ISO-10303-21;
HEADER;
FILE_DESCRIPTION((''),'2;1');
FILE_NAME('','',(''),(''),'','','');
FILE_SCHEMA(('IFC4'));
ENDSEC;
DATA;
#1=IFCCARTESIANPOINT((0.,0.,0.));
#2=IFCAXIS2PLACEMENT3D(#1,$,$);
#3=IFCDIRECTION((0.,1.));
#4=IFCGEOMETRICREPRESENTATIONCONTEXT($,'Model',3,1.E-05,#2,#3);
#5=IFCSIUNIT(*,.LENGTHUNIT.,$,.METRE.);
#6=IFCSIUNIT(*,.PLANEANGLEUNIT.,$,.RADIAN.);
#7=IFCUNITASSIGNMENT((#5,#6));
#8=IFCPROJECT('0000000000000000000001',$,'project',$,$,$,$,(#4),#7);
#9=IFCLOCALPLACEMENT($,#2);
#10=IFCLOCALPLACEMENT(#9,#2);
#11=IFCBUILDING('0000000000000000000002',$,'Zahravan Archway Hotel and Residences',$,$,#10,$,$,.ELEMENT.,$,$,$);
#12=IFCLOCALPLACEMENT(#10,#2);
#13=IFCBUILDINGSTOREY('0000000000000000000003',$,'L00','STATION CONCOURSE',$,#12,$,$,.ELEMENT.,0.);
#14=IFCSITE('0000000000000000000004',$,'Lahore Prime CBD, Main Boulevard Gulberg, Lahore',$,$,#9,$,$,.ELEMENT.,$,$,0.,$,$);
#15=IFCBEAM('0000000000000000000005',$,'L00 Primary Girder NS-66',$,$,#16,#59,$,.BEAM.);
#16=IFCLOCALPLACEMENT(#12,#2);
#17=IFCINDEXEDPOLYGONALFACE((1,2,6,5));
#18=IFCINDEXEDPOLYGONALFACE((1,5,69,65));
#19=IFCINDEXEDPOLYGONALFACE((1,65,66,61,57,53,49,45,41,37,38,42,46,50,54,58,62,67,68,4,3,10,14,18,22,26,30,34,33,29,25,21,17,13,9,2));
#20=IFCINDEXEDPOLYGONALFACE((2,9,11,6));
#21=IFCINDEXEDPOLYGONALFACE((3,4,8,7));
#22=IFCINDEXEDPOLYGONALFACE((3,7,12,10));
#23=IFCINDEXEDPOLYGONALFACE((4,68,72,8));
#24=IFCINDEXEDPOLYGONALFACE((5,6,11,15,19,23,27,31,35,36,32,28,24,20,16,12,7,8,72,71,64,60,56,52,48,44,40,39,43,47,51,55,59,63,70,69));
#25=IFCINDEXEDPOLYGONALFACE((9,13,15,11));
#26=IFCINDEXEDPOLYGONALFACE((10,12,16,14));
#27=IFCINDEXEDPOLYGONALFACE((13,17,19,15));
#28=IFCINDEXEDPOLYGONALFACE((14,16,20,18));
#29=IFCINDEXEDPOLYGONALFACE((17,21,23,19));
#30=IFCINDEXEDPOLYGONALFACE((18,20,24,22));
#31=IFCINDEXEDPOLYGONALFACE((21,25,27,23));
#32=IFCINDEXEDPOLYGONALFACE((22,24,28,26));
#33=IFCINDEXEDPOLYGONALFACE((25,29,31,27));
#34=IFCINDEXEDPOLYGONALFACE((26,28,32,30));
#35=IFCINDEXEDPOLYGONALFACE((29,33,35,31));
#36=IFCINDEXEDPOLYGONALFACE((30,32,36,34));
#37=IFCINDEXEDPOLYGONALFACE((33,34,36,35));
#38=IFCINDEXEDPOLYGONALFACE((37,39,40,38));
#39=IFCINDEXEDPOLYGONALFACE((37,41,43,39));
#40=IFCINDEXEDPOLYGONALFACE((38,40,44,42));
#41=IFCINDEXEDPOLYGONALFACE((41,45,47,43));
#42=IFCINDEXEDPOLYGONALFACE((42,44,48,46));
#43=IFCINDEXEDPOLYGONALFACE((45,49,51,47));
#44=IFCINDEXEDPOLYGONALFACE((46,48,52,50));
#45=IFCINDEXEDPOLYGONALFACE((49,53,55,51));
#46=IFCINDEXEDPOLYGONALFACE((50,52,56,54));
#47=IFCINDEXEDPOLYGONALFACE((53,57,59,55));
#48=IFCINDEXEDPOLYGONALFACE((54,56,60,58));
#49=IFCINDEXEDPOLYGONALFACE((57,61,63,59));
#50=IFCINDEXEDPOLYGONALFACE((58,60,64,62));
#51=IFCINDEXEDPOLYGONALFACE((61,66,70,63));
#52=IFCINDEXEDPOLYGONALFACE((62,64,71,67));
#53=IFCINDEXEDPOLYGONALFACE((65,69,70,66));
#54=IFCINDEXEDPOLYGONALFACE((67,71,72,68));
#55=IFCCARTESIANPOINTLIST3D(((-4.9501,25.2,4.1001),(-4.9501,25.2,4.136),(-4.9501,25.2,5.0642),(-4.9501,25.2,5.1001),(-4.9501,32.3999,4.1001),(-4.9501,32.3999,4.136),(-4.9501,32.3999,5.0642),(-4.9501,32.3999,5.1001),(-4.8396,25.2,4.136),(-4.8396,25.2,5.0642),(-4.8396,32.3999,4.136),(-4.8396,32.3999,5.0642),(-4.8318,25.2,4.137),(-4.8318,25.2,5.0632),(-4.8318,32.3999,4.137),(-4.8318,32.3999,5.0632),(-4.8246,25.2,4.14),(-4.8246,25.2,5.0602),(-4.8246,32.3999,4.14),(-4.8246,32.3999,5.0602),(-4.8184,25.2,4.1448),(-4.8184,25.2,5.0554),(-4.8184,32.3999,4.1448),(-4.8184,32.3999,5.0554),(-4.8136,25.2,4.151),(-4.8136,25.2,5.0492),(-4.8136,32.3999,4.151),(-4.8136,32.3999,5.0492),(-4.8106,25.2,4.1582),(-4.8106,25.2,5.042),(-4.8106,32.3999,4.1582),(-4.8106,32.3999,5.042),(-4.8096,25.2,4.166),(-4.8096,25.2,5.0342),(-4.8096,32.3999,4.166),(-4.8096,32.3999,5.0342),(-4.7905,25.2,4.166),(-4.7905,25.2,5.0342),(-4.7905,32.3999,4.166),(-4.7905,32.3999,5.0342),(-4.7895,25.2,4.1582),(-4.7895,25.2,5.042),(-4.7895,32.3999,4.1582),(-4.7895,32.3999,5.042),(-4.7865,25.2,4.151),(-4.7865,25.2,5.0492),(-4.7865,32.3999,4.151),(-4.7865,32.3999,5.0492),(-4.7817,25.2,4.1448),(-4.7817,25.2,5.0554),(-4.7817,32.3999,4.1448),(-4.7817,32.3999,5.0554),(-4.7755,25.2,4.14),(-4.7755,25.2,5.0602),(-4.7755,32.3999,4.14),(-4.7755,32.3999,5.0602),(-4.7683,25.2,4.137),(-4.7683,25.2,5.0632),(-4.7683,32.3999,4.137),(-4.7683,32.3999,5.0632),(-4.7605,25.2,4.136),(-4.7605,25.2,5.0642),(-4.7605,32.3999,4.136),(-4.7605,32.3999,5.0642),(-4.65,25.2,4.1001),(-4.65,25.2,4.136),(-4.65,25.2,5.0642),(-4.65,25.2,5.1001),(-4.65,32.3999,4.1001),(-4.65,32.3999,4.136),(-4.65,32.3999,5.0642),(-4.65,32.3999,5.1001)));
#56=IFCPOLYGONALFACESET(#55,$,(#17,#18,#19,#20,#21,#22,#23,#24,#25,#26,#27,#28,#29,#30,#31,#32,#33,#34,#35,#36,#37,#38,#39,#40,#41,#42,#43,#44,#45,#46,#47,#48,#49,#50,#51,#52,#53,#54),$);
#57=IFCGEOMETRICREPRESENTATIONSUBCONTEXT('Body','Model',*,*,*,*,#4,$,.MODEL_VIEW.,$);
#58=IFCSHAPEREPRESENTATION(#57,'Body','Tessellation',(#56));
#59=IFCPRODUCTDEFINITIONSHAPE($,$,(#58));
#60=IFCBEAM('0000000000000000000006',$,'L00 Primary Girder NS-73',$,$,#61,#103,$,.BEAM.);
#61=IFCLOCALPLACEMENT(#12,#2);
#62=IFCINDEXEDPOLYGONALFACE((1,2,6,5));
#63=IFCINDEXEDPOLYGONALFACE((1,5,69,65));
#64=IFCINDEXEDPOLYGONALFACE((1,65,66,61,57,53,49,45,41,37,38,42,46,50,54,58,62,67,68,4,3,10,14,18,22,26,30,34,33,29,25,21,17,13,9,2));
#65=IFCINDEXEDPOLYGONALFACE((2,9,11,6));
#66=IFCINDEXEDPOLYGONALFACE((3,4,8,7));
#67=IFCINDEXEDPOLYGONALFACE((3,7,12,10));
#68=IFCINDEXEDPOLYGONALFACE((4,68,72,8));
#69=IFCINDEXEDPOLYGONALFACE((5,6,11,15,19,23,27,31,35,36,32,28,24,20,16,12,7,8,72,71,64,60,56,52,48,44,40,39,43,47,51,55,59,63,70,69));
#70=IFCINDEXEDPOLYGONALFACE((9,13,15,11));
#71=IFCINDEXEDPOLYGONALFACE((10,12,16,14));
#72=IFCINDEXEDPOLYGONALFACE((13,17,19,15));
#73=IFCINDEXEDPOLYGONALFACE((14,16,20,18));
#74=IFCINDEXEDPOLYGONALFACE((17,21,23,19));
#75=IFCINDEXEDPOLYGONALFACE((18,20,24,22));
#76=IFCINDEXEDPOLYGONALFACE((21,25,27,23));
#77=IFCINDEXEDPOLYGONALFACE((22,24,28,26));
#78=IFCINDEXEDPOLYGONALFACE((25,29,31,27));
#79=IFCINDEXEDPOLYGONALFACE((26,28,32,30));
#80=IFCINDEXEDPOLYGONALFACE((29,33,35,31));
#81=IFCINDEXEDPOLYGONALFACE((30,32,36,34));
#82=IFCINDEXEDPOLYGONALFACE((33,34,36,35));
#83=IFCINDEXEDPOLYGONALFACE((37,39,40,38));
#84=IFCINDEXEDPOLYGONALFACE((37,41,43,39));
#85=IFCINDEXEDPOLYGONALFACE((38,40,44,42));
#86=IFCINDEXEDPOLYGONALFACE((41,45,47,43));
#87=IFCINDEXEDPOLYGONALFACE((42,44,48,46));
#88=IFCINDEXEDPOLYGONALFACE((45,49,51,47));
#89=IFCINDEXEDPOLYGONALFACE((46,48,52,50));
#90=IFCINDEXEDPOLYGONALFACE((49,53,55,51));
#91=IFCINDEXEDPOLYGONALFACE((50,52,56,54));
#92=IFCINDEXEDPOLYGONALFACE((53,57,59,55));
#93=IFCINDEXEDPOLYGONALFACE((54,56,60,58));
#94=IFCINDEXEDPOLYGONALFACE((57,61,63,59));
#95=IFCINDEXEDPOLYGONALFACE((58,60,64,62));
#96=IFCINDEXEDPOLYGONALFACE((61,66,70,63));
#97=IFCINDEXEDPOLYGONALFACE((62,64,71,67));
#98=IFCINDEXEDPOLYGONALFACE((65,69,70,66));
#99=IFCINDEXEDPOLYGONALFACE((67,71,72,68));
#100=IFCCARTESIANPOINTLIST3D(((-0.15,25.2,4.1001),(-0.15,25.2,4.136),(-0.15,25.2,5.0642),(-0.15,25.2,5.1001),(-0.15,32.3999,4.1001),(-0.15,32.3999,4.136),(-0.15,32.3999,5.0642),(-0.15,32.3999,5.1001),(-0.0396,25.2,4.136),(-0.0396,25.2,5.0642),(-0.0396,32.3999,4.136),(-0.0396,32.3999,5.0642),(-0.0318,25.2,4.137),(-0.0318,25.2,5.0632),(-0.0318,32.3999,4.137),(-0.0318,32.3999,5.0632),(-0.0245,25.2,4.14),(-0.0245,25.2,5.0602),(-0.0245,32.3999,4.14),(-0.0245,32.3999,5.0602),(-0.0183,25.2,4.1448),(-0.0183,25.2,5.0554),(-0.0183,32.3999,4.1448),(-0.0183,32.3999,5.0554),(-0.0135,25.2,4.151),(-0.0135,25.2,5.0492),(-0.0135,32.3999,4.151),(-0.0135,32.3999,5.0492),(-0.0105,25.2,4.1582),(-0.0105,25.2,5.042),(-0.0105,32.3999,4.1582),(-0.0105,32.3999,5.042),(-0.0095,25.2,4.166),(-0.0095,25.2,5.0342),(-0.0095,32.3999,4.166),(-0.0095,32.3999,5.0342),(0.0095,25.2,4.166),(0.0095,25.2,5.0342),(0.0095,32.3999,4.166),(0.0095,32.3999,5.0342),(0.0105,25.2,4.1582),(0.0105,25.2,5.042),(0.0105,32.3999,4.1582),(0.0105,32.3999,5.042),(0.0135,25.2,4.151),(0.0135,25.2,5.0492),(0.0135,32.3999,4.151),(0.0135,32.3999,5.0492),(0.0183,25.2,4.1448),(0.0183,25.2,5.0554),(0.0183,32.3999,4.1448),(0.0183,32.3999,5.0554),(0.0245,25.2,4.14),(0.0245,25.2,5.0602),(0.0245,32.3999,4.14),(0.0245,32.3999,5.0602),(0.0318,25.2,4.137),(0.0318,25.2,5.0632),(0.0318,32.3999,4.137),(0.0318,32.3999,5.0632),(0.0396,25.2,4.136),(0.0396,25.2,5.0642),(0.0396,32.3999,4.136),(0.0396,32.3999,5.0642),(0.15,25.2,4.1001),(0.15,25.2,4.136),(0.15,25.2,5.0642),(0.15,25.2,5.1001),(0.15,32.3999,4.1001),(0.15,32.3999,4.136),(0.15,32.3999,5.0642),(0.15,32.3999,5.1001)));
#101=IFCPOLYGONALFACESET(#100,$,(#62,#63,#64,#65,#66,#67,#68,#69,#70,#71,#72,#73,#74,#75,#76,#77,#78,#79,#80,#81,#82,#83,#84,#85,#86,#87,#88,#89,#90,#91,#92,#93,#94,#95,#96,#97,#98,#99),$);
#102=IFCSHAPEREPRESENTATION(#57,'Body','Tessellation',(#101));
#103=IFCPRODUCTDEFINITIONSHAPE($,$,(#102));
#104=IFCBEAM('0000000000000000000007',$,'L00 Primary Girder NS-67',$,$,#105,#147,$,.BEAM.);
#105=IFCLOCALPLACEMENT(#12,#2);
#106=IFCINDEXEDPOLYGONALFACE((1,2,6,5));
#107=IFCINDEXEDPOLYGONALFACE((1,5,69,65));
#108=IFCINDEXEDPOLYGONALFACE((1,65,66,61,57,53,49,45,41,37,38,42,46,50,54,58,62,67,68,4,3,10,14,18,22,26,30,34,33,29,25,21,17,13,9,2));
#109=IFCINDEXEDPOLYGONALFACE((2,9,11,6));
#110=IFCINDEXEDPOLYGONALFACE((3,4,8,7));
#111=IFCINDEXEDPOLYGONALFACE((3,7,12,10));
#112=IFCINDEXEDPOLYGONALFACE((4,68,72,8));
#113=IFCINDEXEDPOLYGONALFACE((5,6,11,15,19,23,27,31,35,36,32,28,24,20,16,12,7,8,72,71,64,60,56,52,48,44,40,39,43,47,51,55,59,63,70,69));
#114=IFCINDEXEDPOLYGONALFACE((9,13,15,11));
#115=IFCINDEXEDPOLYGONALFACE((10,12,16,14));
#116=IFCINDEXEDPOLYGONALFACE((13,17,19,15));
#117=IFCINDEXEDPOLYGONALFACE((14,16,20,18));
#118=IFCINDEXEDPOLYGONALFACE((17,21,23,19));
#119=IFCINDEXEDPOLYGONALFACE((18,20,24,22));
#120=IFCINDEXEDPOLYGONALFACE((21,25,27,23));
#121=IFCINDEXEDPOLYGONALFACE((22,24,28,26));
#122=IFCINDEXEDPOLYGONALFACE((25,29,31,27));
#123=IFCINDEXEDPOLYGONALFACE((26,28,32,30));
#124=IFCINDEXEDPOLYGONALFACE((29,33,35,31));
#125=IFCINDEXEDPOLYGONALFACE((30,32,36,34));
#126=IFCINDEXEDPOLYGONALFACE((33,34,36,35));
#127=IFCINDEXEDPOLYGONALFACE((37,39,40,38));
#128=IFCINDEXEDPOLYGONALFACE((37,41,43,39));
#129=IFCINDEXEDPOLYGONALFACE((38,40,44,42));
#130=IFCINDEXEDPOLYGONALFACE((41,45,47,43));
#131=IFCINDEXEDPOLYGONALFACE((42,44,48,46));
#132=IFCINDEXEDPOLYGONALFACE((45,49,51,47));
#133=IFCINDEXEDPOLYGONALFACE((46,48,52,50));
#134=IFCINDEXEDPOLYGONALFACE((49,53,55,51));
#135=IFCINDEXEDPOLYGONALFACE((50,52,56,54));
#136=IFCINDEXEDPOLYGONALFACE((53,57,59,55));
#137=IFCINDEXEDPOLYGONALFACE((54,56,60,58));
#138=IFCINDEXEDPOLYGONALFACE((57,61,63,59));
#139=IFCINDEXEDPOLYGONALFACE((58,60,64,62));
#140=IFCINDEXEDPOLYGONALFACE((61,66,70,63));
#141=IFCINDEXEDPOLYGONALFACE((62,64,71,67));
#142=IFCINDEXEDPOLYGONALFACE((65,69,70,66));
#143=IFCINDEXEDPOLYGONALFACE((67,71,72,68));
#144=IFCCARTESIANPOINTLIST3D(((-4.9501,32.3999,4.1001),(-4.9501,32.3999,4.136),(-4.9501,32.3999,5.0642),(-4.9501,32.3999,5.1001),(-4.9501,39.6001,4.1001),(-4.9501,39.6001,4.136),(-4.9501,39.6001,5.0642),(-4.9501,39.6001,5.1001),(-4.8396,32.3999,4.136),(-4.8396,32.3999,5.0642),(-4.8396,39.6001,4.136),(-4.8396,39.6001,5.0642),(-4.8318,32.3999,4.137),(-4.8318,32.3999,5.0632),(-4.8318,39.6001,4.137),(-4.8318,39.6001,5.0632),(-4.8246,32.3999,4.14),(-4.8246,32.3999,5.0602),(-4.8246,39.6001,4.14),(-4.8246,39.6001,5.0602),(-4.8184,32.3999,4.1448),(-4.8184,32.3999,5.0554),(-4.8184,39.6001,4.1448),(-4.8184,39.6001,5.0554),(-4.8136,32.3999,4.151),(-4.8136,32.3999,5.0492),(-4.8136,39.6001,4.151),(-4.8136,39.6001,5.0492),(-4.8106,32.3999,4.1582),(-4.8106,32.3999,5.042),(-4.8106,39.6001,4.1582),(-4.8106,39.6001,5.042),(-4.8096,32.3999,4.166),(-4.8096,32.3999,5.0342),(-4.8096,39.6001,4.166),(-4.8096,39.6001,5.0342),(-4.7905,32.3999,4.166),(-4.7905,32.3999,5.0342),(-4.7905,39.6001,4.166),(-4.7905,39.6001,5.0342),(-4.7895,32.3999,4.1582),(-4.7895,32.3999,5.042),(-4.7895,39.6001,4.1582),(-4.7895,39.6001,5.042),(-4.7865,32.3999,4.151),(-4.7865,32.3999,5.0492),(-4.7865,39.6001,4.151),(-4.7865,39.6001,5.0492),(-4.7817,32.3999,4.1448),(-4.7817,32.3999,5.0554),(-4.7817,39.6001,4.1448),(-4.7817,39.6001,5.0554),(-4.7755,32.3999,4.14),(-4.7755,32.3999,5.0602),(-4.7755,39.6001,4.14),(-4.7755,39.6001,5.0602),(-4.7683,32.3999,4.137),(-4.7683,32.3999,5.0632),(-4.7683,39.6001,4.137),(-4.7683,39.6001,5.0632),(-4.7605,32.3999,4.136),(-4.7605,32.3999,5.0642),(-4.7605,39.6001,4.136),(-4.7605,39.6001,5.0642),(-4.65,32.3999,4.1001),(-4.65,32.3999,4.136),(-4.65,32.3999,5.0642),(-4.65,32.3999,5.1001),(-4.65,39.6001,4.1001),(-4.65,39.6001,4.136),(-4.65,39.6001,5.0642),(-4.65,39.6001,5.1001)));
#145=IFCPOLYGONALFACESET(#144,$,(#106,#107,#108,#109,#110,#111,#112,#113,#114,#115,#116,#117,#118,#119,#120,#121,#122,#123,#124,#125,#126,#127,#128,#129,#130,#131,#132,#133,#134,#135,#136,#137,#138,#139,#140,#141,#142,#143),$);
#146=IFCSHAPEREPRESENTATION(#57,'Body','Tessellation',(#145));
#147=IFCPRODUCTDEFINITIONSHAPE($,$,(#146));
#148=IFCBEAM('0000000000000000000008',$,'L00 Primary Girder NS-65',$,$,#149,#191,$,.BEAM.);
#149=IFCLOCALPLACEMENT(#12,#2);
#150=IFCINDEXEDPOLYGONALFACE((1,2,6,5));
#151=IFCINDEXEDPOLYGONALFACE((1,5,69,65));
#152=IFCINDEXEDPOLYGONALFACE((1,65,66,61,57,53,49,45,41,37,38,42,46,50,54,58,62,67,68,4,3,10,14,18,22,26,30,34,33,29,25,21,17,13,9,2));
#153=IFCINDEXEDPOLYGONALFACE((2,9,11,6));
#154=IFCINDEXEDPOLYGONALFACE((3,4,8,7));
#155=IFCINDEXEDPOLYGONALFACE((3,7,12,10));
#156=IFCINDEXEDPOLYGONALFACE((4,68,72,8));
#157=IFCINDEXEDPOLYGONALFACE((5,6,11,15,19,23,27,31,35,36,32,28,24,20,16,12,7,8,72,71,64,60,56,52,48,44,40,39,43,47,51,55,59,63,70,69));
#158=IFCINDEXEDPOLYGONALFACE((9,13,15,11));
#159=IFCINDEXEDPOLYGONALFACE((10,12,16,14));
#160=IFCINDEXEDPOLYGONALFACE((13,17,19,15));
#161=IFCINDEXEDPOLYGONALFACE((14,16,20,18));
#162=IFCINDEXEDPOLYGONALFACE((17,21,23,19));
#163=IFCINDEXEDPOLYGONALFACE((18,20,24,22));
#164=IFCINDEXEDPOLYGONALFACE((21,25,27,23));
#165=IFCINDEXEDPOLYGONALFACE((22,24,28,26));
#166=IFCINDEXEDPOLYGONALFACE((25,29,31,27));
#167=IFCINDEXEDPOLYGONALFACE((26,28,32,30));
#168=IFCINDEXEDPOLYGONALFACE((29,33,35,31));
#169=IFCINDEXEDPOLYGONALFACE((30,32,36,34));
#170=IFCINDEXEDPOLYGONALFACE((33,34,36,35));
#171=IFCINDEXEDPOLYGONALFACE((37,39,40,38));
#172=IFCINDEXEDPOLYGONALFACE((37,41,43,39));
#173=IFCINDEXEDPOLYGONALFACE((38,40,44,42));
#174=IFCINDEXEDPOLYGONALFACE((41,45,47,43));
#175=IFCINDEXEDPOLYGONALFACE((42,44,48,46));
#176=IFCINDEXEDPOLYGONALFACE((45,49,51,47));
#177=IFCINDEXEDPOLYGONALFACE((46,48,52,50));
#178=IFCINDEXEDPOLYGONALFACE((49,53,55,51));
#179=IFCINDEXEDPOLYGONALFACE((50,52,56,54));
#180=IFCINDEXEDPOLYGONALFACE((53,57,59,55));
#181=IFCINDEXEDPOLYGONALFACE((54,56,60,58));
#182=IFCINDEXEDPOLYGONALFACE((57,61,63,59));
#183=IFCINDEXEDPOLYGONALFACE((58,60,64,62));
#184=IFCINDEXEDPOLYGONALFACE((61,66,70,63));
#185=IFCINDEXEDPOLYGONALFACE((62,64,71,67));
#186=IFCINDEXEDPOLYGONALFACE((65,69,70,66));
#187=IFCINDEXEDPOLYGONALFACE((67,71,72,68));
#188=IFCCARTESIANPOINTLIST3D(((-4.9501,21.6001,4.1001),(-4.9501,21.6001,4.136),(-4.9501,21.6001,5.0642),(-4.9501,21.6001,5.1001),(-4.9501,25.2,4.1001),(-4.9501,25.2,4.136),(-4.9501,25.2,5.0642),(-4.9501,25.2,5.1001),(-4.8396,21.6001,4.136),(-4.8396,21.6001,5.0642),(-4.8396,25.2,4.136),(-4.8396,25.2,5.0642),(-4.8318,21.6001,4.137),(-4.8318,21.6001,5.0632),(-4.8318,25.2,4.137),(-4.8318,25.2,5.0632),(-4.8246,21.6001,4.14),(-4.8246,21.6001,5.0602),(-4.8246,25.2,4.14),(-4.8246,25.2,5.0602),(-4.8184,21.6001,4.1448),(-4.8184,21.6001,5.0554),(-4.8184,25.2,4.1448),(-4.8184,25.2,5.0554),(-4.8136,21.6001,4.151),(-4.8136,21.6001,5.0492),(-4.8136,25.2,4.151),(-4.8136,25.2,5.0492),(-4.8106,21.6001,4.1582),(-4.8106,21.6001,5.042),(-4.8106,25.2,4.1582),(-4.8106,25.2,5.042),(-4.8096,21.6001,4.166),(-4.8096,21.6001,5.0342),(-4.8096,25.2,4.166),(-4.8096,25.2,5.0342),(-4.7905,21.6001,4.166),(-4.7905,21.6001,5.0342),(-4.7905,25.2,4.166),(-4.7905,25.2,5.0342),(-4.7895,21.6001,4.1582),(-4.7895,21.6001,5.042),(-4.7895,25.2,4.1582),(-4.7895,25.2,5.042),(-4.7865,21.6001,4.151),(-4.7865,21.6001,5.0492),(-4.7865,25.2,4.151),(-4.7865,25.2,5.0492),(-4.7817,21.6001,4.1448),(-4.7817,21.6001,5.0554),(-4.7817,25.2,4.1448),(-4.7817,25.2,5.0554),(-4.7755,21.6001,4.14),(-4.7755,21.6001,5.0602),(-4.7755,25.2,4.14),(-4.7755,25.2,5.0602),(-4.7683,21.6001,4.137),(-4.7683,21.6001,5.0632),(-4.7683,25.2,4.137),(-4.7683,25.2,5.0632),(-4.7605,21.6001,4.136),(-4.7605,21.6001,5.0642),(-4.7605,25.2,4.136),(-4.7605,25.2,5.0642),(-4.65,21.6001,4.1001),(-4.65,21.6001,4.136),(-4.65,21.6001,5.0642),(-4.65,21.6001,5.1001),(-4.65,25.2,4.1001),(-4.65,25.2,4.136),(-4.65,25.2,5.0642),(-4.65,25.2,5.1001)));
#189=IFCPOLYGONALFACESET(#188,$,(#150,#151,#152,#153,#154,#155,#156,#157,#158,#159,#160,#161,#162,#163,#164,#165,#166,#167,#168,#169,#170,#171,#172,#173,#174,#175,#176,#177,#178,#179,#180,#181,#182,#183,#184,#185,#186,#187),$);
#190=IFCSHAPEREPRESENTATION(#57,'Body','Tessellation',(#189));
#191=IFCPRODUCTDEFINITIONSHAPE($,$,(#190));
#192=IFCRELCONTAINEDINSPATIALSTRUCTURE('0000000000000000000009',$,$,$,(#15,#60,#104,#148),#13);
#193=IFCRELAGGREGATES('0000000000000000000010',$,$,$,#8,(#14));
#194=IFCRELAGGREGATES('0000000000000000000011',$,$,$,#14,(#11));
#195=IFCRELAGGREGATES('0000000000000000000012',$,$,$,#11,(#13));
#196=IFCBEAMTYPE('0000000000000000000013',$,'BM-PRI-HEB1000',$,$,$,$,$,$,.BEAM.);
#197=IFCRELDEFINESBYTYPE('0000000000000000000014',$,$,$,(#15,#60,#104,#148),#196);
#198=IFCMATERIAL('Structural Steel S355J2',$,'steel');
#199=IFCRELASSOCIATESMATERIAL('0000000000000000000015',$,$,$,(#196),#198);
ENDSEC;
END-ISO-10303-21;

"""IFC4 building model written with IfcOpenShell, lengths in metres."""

from ifc_helpers import new_model, si_unit, direction, frame, origin, origin_2d, place, context, subcontext, project, spatial, i_section, extrude, source, transform, mapped, material, material_profile, profile_set, type_object, element, save


model = new_model("IFC4")

# Units and contexts
model_context = context("Model", 3, precision=1e-05, world=origin(), true_north=direction((0.0, 1.0)))
body_context = subcontext(model_context, "Body", "Model", "MODEL_VIEW")
ifc_project = project(units=[si_unit("LENGTHUNIT", "METRE"), si_unit("PLANEANGLEUNIT", "RADIAN")], contexts=[model_context])

# Site, building, storey
site_placement = place(None, origin())
site = spatial("IfcSite", under=ifc_project, at=site_placement, Name="Lahore Prime CBD, Main Boulevard Gulberg, Lahore", CompositionType="ELEMENT", RefElevation=0.0)
building_placement = place(site_placement, origin())
building = spatial("IfcBuilding", under=site, at=building_placement, Name="Zahravan Archway Hotel and Residences", CompositionType="ELEMENT")
storey_placement = place(building_placement, origin())
storey = spatial("IfcBuildingStorey", under=building, at=storey_placement, Name="L00", Description="STATION CONCOURSE", CompositionType="ELEMENT", Elevation=0.0)

# Beams
ifc_material_1 = material(Name="Structural Steel S355J2", Category="steel")
ifc_material_profile_1 = material_profile(ifc_material_1, i_section(OverallWidth=0.3, OverallDepth=1.0, WebThickness=0.019, FlangeThickness=0.0359, FilletRadius=0.03, at=origin_2d()), Name="HEB 1000", Category="steel")
ifc_profile_set_1 = profile_set([ifc_material_profile_1], Name="Structural Steel S355J2")
beam_type_1 = type_object("IfcBeamType", Name="BM-PRI-HEB1000", PredefinedType="BEAM", material=ifc_profile_set_1)
shared_shape_1 = source(origin(), body_context, "Body", "SweptSolid", [
    extrude(i_section(OverallWidth=0.3, OverallDepth=1.0, WebThickness=0.019, FlangeThickness=0.0359, FilletRadius=0.03, at=origin_2d()), origin(), (0.0, 0.0, 1.0), 7.2),
])
for number, where, z_axis, x_axis, name in (
    (1, (-4.8, 25.2, 4.6001), (0.0, 1.0, 0.0), (-1.0, 0.0, 0.0), "L00 Primary Girder NS-66"),
    (2, (0.0, 25.2, 4.6001), (0.0, 1.0, 0.0), (-1.0, 0.0, 0.0), "L00 Primary Girder NS-73"),
):
    element("IfcBeam", number, at=place(storey_placement, frame(where, z_axis=z_axis, x_axis=x_axis)), inside=storey, type_object=beam_type_1, Name=name, PredefinedType="BEAM", context=body_context, shape_type="MappedRepresentation", body=[
        mapped(shared_shape_1, transform((0.0, 0.0, 0.0), scale=1.0)),
    ])
shared_shape_2 = source(origin(), body_context, "Body", "SweptSolid", [
    extrude(i_section(OverallWidth=0.3, OverallDepth=1.0, WebThickness=0.019, FlangeThickness=0.0359, FilletRadius=0.03, at=origin_2d()), origin(), (0.0, 0.0, 1.0), 7.2002),
])
beam_1_placement = place(storey_placement, frame((-4.8, 32.3999, 4.6001), z_axis=(0.0, 1.0, 0.0), x_axis=(-1.0, 0.0, 0.0)))
element("IfcBeam", 3, at=beam_1_placement, inside=storey, type_object=beam_type_1, Name="L00 Primary Girder NS-67", PredefinedType="BEAM", context=body_context, shape_type="MappedRepresentation", body=[
    mapped(shared_shape_2, transform((0.0, 0.0, 0.0), scale=1.0)),
])
shared_shape_3 = source(origin(), body_context, "Body", "SweptSolid", [
    extrude(i_section(OverallWidth=0.3, OverallDepth=1.0, WebThickness=0.019, FlangeThickness=0.0359, FilletRadius=0.03, at=origin_2d()), origin(), (0.0, 0.0, 1.0), 3.5999),
])
for number, where, z_axis, x_axis, name in (
    (4, (-4.8, 21.6001, 4.6001), (0.0, 1.0, 0.0), (-1.0, 0.0, 0.0), "L00 Primary Girder NS-65"),
):
    element("IfcBeam", number, at=place(storey_placement, frame(where, z_axis=z_axis, x_axis=x_axis)), inside=storey, type_object=beam_type_1, Name=name, PredefinedType="BEAM", context=body_context, shape_type="MappedRepresentation", body=[
        mapped(shared_shape_3, transform((0.0, 0.0, 0.0), scale=1.0)),
    ])

save(model, "model.ifc")
